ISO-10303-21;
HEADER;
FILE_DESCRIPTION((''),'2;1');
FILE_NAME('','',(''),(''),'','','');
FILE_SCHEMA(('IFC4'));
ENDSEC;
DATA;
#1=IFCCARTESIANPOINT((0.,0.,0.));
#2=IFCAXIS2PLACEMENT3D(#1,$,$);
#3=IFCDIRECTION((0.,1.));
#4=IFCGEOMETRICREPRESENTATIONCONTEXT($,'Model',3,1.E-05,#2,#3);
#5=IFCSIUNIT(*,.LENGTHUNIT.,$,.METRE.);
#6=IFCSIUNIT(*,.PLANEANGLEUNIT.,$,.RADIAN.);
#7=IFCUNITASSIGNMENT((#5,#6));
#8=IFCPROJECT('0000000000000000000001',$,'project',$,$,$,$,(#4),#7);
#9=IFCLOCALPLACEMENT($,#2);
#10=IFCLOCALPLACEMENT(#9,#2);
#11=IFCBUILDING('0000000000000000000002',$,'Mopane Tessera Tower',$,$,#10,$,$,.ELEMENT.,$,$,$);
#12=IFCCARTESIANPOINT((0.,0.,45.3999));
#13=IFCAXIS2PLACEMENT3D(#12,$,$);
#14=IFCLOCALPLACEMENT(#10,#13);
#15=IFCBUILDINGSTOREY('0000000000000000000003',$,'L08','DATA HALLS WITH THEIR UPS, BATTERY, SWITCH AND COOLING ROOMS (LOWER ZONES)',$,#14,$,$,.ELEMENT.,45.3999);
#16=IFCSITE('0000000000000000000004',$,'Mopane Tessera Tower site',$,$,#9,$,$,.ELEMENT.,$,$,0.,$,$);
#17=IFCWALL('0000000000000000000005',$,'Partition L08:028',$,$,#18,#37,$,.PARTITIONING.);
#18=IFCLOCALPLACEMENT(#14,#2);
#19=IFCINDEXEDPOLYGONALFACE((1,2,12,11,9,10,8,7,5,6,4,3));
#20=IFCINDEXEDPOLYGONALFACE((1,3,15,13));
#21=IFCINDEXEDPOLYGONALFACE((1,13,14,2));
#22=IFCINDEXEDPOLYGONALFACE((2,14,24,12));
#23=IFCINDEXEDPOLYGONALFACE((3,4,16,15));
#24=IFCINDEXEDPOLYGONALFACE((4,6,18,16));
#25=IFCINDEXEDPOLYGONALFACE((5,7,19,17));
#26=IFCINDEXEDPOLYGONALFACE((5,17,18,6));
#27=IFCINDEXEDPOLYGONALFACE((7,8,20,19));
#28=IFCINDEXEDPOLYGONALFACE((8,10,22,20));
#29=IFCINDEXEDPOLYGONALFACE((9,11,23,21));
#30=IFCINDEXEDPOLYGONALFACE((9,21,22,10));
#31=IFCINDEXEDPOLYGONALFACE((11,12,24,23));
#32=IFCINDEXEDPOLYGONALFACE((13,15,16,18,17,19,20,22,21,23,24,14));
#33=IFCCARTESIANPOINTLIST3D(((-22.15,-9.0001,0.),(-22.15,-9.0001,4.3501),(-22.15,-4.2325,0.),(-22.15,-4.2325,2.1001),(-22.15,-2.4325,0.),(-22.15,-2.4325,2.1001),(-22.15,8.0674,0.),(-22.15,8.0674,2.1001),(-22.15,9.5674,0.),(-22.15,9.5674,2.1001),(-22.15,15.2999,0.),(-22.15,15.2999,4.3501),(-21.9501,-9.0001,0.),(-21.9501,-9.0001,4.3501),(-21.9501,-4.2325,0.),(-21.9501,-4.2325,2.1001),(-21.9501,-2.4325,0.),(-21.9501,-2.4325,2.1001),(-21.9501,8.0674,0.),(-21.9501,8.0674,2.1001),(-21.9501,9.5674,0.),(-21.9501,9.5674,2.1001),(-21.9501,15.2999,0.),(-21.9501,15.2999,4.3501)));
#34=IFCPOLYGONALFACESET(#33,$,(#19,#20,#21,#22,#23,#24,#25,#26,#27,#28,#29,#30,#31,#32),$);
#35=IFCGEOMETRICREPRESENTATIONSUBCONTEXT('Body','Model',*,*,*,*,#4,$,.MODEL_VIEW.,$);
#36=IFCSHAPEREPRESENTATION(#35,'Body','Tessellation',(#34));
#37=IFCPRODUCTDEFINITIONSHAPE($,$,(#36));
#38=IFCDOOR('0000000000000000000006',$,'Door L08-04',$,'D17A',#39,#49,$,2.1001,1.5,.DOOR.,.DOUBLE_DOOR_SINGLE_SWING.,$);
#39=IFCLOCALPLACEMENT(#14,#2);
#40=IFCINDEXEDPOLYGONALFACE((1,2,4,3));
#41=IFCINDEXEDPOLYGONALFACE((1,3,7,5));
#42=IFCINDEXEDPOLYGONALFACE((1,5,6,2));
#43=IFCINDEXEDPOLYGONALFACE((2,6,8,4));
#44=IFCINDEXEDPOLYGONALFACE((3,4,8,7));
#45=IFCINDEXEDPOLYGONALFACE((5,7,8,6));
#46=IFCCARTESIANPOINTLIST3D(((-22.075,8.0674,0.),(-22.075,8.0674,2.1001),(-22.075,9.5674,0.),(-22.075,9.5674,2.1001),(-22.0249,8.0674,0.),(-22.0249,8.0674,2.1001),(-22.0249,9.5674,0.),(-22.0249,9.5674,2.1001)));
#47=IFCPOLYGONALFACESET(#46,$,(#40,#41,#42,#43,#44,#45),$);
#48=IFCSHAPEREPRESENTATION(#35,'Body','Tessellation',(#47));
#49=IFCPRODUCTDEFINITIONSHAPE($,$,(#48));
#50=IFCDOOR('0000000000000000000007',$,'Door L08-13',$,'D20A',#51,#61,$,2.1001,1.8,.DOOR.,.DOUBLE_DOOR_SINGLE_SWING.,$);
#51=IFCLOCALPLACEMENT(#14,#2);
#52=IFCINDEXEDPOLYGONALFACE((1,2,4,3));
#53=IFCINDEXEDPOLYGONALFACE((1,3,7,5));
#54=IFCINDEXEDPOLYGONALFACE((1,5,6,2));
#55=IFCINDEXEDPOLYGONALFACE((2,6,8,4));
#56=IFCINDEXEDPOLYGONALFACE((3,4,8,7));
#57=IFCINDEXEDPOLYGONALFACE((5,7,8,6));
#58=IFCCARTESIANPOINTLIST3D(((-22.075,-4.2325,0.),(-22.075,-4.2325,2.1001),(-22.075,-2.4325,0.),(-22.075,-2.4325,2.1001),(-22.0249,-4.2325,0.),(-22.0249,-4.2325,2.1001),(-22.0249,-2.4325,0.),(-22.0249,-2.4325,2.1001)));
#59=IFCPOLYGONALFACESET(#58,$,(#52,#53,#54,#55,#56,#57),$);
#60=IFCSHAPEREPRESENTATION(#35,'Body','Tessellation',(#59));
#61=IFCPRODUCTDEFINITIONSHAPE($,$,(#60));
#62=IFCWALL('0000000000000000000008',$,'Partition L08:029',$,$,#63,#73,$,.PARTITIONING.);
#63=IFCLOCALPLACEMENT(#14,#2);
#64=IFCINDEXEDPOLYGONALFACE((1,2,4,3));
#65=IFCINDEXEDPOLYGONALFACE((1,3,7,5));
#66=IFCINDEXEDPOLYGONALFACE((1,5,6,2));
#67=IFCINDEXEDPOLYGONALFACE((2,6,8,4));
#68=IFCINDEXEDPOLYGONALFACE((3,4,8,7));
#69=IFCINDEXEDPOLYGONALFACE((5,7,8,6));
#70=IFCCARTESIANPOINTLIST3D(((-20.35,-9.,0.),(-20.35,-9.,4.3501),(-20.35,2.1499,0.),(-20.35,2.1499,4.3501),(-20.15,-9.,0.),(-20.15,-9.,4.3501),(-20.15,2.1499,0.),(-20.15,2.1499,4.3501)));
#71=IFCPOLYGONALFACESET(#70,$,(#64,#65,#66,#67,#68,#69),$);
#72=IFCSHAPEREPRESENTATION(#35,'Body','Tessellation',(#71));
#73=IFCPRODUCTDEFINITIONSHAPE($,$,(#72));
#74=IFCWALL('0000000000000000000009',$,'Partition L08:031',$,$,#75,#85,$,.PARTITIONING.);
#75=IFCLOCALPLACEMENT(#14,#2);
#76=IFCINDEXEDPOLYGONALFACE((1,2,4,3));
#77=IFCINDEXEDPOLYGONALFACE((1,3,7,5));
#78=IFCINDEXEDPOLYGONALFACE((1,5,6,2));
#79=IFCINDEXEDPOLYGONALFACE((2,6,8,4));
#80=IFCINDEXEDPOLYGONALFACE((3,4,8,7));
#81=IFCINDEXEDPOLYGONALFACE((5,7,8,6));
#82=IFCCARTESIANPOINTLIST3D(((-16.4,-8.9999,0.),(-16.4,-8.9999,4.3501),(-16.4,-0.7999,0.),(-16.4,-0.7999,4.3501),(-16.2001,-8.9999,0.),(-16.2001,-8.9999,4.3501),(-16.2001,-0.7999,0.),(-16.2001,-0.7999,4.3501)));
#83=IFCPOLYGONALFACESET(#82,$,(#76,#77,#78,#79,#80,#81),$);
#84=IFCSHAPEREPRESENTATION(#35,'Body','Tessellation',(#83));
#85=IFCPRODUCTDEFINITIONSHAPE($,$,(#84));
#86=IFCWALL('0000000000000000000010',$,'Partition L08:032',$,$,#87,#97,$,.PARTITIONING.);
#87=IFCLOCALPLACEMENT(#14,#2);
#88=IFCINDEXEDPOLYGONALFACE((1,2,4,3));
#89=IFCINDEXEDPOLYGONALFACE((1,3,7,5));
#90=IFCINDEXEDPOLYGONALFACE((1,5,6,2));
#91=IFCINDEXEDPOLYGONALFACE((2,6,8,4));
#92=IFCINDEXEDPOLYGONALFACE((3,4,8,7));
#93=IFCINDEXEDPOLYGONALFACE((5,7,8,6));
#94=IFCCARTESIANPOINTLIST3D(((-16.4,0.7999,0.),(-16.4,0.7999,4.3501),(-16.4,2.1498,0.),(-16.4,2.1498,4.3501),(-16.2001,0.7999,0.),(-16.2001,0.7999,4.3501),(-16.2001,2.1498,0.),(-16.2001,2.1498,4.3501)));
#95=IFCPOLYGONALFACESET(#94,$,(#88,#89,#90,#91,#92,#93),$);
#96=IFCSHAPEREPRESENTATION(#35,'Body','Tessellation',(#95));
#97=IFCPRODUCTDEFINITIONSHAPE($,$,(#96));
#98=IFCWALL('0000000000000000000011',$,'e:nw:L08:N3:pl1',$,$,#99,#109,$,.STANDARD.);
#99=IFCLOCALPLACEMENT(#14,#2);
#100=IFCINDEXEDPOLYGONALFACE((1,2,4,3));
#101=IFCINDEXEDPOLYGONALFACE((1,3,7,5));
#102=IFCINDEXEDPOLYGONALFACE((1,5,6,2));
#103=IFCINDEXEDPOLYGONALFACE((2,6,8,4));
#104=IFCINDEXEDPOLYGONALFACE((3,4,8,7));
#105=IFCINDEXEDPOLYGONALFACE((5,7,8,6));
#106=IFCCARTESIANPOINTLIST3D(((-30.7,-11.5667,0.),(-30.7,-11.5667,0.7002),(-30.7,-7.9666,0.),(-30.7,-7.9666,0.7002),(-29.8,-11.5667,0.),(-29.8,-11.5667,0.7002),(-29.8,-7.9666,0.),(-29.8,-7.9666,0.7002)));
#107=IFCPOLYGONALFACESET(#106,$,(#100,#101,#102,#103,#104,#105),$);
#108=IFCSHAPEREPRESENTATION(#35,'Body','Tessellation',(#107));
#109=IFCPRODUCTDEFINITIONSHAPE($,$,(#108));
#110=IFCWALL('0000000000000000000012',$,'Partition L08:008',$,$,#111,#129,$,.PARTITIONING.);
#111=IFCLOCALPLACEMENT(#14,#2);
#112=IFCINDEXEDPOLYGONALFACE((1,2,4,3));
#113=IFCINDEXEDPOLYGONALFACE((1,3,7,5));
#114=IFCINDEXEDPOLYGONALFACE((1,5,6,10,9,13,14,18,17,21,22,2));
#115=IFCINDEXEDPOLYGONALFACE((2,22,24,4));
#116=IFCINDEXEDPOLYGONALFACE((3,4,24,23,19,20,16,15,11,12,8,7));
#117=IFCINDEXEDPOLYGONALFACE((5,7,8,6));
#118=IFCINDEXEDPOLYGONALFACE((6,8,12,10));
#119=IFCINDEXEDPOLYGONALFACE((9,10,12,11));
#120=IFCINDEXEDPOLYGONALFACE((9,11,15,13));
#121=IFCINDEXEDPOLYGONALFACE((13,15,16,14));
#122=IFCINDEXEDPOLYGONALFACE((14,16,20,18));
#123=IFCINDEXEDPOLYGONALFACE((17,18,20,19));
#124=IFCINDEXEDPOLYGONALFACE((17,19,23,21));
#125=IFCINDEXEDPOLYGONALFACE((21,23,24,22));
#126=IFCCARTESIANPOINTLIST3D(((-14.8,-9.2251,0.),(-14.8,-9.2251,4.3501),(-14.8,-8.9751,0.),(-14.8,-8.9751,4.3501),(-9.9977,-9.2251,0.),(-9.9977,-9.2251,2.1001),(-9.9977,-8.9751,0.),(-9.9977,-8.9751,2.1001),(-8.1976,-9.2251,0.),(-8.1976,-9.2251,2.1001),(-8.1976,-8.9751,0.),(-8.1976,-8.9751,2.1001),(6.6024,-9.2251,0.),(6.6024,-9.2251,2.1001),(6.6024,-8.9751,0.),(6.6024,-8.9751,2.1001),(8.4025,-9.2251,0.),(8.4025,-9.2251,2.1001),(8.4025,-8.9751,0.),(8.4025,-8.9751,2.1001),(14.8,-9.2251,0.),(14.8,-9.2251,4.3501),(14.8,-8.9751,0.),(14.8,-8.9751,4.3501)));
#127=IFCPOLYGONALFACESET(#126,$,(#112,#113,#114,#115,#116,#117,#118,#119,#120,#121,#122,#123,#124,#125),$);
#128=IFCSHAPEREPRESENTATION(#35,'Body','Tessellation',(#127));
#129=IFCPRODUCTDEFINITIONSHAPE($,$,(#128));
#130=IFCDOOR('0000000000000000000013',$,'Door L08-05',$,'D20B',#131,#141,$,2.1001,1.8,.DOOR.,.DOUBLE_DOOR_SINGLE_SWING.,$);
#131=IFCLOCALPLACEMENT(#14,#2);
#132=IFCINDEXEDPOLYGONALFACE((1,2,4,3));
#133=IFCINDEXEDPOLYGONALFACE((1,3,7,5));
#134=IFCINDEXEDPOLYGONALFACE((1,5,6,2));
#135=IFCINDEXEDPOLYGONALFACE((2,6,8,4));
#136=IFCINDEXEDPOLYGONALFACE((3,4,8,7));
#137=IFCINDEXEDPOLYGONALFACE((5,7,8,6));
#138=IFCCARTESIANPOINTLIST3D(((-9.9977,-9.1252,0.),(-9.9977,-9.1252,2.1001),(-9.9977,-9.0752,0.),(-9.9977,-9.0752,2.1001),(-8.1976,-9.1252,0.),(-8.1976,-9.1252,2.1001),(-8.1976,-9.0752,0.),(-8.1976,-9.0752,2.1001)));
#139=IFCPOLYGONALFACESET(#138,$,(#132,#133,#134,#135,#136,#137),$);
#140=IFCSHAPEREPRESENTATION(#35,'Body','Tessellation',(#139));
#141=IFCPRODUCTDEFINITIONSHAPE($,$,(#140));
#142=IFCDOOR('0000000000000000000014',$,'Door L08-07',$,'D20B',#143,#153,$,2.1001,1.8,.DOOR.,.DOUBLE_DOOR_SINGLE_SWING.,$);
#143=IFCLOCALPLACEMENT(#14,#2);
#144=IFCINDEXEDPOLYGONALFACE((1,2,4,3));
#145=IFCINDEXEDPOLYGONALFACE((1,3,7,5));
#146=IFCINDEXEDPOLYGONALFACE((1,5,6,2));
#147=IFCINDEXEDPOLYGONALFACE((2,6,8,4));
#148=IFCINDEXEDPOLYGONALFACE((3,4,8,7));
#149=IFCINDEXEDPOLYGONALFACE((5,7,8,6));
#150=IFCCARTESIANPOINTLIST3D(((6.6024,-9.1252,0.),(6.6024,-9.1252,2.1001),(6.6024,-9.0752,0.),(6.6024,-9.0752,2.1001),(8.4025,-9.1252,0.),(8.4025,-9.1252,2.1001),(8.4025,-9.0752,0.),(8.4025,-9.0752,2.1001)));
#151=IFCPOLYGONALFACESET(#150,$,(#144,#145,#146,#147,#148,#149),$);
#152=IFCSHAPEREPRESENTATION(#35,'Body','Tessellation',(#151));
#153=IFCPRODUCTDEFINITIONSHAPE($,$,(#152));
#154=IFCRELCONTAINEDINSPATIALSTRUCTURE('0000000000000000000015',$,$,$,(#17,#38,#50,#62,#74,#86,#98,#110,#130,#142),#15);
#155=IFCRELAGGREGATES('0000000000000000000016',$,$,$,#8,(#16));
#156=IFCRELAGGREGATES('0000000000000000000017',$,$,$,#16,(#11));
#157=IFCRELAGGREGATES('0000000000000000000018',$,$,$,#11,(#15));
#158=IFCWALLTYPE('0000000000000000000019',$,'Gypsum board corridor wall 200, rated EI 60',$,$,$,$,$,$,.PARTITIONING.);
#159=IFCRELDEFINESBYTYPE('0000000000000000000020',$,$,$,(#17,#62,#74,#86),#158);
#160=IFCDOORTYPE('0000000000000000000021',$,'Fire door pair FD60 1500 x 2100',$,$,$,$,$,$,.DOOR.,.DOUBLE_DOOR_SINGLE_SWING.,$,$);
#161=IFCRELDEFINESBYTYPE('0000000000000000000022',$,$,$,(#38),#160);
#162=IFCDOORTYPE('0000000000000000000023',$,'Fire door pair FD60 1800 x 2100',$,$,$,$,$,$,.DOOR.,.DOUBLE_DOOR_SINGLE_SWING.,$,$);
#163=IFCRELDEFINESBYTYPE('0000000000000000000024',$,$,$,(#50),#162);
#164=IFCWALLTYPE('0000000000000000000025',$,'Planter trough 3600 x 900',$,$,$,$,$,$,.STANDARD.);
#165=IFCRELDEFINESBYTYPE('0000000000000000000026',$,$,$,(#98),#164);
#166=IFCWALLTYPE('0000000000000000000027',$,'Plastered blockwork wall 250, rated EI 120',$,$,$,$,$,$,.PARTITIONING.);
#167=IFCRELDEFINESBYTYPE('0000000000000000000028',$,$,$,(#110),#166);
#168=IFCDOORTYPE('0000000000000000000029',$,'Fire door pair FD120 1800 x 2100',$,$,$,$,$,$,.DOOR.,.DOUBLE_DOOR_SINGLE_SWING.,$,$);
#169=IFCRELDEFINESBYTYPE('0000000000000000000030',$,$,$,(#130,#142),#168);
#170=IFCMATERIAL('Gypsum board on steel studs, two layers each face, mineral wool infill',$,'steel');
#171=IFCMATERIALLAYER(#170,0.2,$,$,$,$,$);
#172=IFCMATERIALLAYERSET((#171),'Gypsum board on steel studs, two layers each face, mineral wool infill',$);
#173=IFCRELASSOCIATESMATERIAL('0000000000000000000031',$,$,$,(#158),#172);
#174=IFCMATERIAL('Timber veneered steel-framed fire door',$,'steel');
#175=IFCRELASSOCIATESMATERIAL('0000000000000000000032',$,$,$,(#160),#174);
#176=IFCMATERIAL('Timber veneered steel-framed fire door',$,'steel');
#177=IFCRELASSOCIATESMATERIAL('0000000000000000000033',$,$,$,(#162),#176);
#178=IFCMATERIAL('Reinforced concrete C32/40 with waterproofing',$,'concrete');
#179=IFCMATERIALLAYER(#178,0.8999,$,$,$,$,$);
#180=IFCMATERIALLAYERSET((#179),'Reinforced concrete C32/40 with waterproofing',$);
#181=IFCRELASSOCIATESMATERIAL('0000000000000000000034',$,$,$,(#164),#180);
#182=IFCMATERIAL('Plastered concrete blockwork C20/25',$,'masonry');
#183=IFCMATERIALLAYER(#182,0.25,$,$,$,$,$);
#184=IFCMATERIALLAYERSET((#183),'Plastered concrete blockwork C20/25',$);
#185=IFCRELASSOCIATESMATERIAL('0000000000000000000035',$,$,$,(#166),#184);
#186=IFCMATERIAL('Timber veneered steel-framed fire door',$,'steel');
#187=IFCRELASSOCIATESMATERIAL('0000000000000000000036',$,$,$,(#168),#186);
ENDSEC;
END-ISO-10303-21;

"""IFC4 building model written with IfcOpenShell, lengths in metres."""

from ifc_helpers import new_model, si_unit, direction, frame, frame_2d, origin, place, context, subcontext, project, spatial, rectangle, extrude, material, layer, layer_set, type_object, element, fill, save


model = new_model("IFC4")

# Units and contexts
model_context = context("Model", 3, precision=1e-05, world=origin(), true_north=direction((0.0, 1.0)))
body_context = subcontext(model_context, "Body", "Model", "MODEL_VIEW")
ifc_project = project(units=[si_unit("LENGTHUNIT", "METRE"), si_unit("PLANEANGLEUNIT", "RADIAN")], contexts=[model_context])

# Site, building, storey
site_placement = place(None, origin())
site = spatial("IfcSite", under=ifc_project, at=site_placement, Name="Mopane Tessera Tower site", CompositionType="ELEMENT", RefElevation=0.0)
building_placement = place(site_placement, origin())
building = spatial("IfcBuilding", under=site, at=building_placement, Name="Mopane Tessera Tower", CompositionType="ELEMENT")
storey_placement = place(building_placement, frame((0.0, 0.0, 45.3999)))
storey = spatial("IfcBuildingStorey", under=building, at=storey_placement, Name="L08", Description="DATA HALLS WITH THEIR UPS, BATTERY, SWITCH AND COOLING ROOMS (LOWER ZONES)", CompositionType="ELEMENT", Elevation=45.3999)

# Shared definitions
ifc_material_1 = material(Name="Gypsum board on steel studs, two layers each face, mineral wool infill", Category="steel")
ifc_layer_1 = layer(ifc_material_1, 0.2)
ifc_layer_set_1 = layer_set([ifc_layer_1], Name="Gypsum board on steel studs, two layers each face, mineral wool infill")
wall_type_1 = type_object("IfcWallType", Name="Gypsum board corridor wall 200, rated EI 60", PredefinedType="PARTITIONING", material=ifc_layer_set_1)

# Wall, openings, doors
wall_1_placement = place(storey_placement, frame((-22.05, -9.0, 0.0), z_axis=(0.0, 0.0, 1.0), x_axis=(0.0, 1.0, 0.0)))
wall_1 = element("IfcWall", 1, at=wall_1_placement, inside=storey, type_object=wall_type_1, Name="Partition L08:028", PredefinedType="PARTITIONING", context=body_context, shape_type="SweptSolid", body=[
    extrude(rectangle(XDim=24.3, YDim=0.2, at=frame_2d((12.1499, 0.0))), origin(), (0.0, 0.0, 1.0), 4.3501),
])
opening_1_placement = place(wall_1_placement, frame((17.0674, 0.0, 0.0)))
opening_1 = element("IfcOpeningElement", 2, at=opening_1_placement, cuts=wall_1, PredefinedType="OPENING", context=body_context, shape_type="SweptSolid", body=[
    extrude(rectangle(XDim=1.5, YDim=2.1001, at=frame_2d((0.75, 1.05))), frame((0.0, 0.1121, 0.0), z_axis=(0.0, -1.0, 0.0), x_axis=(1.0, 0.0, 0.0)), (0.0, 0.0, 1.0), 0.2239),
])
opening_2_placement = place(wall_1_placement, frame((4.7676, 0.0, 0.0)))
opening_2 = element("IfcOpeningElement", 3, at=opening_2_placement, cuts=wall_1, PredefinedType="OPENING", context=body_context, shape_type="SweptSolid", body=[
    extrude(rectangle(XDim=1.8, YDim=2.1001, at=frame_2d((0.8999, 1.05))), frame((0.0, 0.1121, 0.0), z_axis=(0.0, -1.0, 0.0), x_axis=(1.0, 0.0, 0.0)), (0.0, 0.0, 1.0), 0.2239),
])
ifc_material_2 = material(Name="Timber veneered steel-framed fire door", Category="steel")
door_type_1 = type_object("IfcDoorType", Name="Fire door pair FD60 1500 x 2100", OperationType="DOUBLE_DOOR_SINGLE_SWING", PredefinedType="DOOR", material=ifc_material_2)
door_1_placement = place(opening_1_placement, origin())
door_1 = element("IfcDoor", 4, at=door_1_placement, inside=storey, type_object=door_type_1, Name="Door L08-04", ObjectType="D17A", OperationType="DOUBLE_DOOR_SINGLE_SWING", OverallHeight=2.1001, OverallWidth=1.5, PredefinedType="DOOR", context=body_context, shape_type="SweptSolid", body=[
    extrude(rectangle(XDim=1.5, YDim=2.1001, at=frame_2d((0.75, 1.05))), frame((0.0, 0.0249, 0.0), z_axis=(0.0, -1.0, 0.0), x_axis=(1.0, 0.0, 0.0)), (0.0, 0.0, 1.0), 0.05),
])
fill(opening_1, door_1)
ifc_material_3 = material(Name="Timber veneered steel-framed fire door", Category="steel")
door_type_2 = type_object("IfcDoorType", Name="Fire door pair FD60 1800 x 2100", OperationType="DOUBLE_DOOR_SINGLE_SWING", PredefinedType="DOOR", material=ifc_material_3)
door_2_placement = place(opening_2_placement, origin())
door_2 = element("IfcDoor", 5, at=door_2_placement, inside=storey, type_object=door_type_2, Name="Door L08-13", ObjectType="D20A", OperationType="DOUBLE_DOOR_SINGLE_SWING", OverallHeight=2.1001, OverallWidth=1.8, PredefinedType="DOOR", context=body_context, shape_type="SweptSolid", body=[
    extrude(rectangle(XDim=1.8, YDim=2.1001, at=frame_2d((0.8999, 1.05))), frame((0.0, 0.0249, 0.0), z_axis=(0.0, -1.0, 0.0), x_axis=(1.0, 0.0, 0.0)), (0.0, 0.0, 1.0), 0.05),
])
fill(opening_2, door_2)

# Walls
wall_2_placement = place(storey_placement, frame((-20.25, -9.0, 0.0), z_axis=(0.0, 0.0, 1.0), x_axis=(0.0, 1.0, 0.0)))
element("IfcWall", 6, at=wall_2_placement, inside=storey, type_object=wall_type_1, Name="Partition L08:029", PredefinedType="PARTITIONING", context=body_context, shape_type="SweptSolid", body=[
    extrude(rectangle(XDim=11.1499, YDim=0.2, at=frame_2d((5.575, 0.0))), origin(), (0.0, 0.0, 1.0), 4.3501),
])
wall_3_placement = place(storey_placement, frame((-16.3, -9.0, 0.0), z_axis=(0.0, 0.0, 1.0), x_axis=(0.0, 1.0, 0.0)))
element("IfcWall", 7, at=wall_3_placement, inside=storey, type_object=wall_type_1, Name="Partition L08:031", PredefinedType="PARTITIONING", context=body_context, shape_type="SweptSolid", body=[
    extrude(rectangle(XDim=8.2, YDim=0.2, at=frame_2d((4.1001, 0.0))), origin(), (0.0, 0.0, 1.0), 4.3501),
])
wall_4_placement = place(storey_placement, frame((-16.3, 0.8, 0.0), z_axis=(0.0, 0.0, 1.0), x_axis=(0.0, 1.0, 0.0)))
element("IfcWall", 8, at=wall_4_placement, inside=storey, type_object=wall_type_1, Name="Partition L08:032", PredefinedType="PARTITIONING", context=body_context, shape_type="SweptSolid", body=[
    extrude(rectangle(XDim=1.3499, YDim=0.2, at=frame_2d((0.6748, 0.0))), origin(), (0.0, 0.0, 1.0), 4.3501),
])
ifc_material_4 = material(Name="Reinforced concrete C32/40 with waterproofing", Category="concrete")
ifc_layer_2 = layer(ifc_material_4, 0.8999)
ifc_layer_set_2 = layer_set([ifc_layer_2], Name="Reinforced concrete C32/40 with waterproofing")
wall_type_2 = type_object("IfcWallType", Name="Planter trough 3600 x 900", PredefinedType="STANDARD", material=ifc_layer_set_2)
wall_5_placement = place(storey_placement, frame((-30.25, -7.9666, 0.0), z_axis=(0.0, 0.0, 1.0), x_axis=(0.0, -1.0, 0.0)))
element("IfcWall", 9, at=wall_5_placement, inside=storey, type_object=wall_type_2, Name="e:nw:L08:N3:pl1", PredefinedType="STANDARD", context=body_context, shape_type="SweptSolid", body=[
    extrude(rectangle(XDim=3.6001, YDim=0.8999, at=frame_2d((1.8, 0.0))), origin(), (0.0, 0.0, 1.0), 0.7002),
])

# Wall, openings, doors
ifc_material_5 = material(Name="Plastered concrete blockwork C20/25", Category="masonry")
ifc_layer_3 = layer(ifc_material_5, 0.25)
ifc_layer_set_3 = layer_set([ifc_layer_3], Name="Plastered concrete blockwork C20/25")
wall_type_3 = type_object("IfcWallType", Name="Plastered blockwork wall 250, rated EI 120", PredefinedType="PARTITIONING", material=ifc_layer_set_3)
wall_6_placement = place(storey_placement, frame((-14.8, -9.1001, 0.0), z_axis=(0.0, 0.0, 1.0), x_axis=(1.0, 0.0, 0.0)))
wall_6 = element("IfcWall", 10, at=wall_6_placement, inside=storey, type_object=wall_type_3, Name="Partition L08:008", PredefinedType="PARTITIONING", context=body_context, shape_type="SweptSolid", body=[
    extrude(rectangle(XDim=29.6001, YDim=0.25, at=frame_2d((14.8, 0.0))), origin(), (0.0, 0.0, 1.0), 4.3501),
])
opening_3_placement = place(wall_6_placement, frame((4.8025, 0.0, 0.0)))
opening_3 = element("IfcOpeningElement", 11, at=opening_3_placement, cuts=wall_6, PredefinedType="OPENING", context=body_context, shape_type="SweptSolid", body=[
    extrude(rectangle(XDim=1.8, YDim=2.1001, at=frame_2d((0.8999, 1.05))), frame((0.0, 0.137, 0.0), z_axis=(0.0, -1.0, 0.0), x_axis=(1.0, 0.0, 0.0)), (0.0, 0.0, 1.0), 0.2739),
])
opening_4_placement = place(wall_6_placement, frame((21.4026, 0.0, 0.0)))
opening_4 = element("IfcOpeningElement", 12, at=opening_4_placement, cuts=wall_6, PredefinedType="OPENING", context=body_context, shape_type="SweptSolid", body=[
    extrude(rectangle(XDim=1.8, YDim=2.1001, at=frame_2d((0.8999, 1.05))), frame((0.0, 0.137, 0.0), z_axis=(0.0, -1.0, 0.0), x_axis=(1.0, 0.0, 0.0)), (0.0, 0.0, 1.0), 0.2739),
])
ifc_material_6 = material(Name="Timber veneered steel-framed fire door", Category="steel")
door_type_3 = type_object("IfcDoorType", Name="Fire door pair FD120 1800 x 2100", OperationType="DOUBLE_DOOR_SINGLE_SWING", PredefinedType="DOOR", material=ifc_material_6)
door_3_placement = place(opening_3_placement, origin())
door_3 = element("IfcDoor", 13, at=door_3_placement, inside=storey, type_object=door_type_3, Name="Door L08-05", ObjectType="D20B", OperationType="DOUBLE_DOOR_SINGLE_SWING", OverallHeight=2.1001, OverallWidth=1.8, PredefinedType="DOOR", context=body_context, shape_type="SweptSolid", body=[
    extrude(rectangle(XDim=1.8, YDim=2.1001, at=frame_2d((0.8999, 1.05))), frame((0.0, 0.0249, 0.0), z_axis=(0.0, -1.0, 0.0), x_axis=(1.0, 0.0, 0.0)), (0.0, 0.0, 1.0), 0.05),
])
fill(opening_3, door_3)
door_4_placement = place(opening_4_placement, origin())
door_4 = element("IfcDoor", 14, at=door_4_placement, inside=storey, type_object=door_type_3, Name="Door L08-07", ObjectType="D20B", OperationType="DOUBLE_DOOR_SINGLE_SWING", OverallHeight=2.1001, OverallWidth=1.8, PredefinedType="DOOR", context=body_context, shape_type="SweptSolid", body=[
    extrude(rectangle(XDim=1.8, YDim=2.1001, at=frame_2d((0.8999, 1.05))), frame((0.0, 0.0249, 0.0), z_axis=(0.0, -1.0, 0.0), x_axis=(1.0, 0.0, 0.0)), (0.0, 0.0, 1.0), 0.05),
])
fill(opening_4, door_4)

save(model, "model.ifc")
